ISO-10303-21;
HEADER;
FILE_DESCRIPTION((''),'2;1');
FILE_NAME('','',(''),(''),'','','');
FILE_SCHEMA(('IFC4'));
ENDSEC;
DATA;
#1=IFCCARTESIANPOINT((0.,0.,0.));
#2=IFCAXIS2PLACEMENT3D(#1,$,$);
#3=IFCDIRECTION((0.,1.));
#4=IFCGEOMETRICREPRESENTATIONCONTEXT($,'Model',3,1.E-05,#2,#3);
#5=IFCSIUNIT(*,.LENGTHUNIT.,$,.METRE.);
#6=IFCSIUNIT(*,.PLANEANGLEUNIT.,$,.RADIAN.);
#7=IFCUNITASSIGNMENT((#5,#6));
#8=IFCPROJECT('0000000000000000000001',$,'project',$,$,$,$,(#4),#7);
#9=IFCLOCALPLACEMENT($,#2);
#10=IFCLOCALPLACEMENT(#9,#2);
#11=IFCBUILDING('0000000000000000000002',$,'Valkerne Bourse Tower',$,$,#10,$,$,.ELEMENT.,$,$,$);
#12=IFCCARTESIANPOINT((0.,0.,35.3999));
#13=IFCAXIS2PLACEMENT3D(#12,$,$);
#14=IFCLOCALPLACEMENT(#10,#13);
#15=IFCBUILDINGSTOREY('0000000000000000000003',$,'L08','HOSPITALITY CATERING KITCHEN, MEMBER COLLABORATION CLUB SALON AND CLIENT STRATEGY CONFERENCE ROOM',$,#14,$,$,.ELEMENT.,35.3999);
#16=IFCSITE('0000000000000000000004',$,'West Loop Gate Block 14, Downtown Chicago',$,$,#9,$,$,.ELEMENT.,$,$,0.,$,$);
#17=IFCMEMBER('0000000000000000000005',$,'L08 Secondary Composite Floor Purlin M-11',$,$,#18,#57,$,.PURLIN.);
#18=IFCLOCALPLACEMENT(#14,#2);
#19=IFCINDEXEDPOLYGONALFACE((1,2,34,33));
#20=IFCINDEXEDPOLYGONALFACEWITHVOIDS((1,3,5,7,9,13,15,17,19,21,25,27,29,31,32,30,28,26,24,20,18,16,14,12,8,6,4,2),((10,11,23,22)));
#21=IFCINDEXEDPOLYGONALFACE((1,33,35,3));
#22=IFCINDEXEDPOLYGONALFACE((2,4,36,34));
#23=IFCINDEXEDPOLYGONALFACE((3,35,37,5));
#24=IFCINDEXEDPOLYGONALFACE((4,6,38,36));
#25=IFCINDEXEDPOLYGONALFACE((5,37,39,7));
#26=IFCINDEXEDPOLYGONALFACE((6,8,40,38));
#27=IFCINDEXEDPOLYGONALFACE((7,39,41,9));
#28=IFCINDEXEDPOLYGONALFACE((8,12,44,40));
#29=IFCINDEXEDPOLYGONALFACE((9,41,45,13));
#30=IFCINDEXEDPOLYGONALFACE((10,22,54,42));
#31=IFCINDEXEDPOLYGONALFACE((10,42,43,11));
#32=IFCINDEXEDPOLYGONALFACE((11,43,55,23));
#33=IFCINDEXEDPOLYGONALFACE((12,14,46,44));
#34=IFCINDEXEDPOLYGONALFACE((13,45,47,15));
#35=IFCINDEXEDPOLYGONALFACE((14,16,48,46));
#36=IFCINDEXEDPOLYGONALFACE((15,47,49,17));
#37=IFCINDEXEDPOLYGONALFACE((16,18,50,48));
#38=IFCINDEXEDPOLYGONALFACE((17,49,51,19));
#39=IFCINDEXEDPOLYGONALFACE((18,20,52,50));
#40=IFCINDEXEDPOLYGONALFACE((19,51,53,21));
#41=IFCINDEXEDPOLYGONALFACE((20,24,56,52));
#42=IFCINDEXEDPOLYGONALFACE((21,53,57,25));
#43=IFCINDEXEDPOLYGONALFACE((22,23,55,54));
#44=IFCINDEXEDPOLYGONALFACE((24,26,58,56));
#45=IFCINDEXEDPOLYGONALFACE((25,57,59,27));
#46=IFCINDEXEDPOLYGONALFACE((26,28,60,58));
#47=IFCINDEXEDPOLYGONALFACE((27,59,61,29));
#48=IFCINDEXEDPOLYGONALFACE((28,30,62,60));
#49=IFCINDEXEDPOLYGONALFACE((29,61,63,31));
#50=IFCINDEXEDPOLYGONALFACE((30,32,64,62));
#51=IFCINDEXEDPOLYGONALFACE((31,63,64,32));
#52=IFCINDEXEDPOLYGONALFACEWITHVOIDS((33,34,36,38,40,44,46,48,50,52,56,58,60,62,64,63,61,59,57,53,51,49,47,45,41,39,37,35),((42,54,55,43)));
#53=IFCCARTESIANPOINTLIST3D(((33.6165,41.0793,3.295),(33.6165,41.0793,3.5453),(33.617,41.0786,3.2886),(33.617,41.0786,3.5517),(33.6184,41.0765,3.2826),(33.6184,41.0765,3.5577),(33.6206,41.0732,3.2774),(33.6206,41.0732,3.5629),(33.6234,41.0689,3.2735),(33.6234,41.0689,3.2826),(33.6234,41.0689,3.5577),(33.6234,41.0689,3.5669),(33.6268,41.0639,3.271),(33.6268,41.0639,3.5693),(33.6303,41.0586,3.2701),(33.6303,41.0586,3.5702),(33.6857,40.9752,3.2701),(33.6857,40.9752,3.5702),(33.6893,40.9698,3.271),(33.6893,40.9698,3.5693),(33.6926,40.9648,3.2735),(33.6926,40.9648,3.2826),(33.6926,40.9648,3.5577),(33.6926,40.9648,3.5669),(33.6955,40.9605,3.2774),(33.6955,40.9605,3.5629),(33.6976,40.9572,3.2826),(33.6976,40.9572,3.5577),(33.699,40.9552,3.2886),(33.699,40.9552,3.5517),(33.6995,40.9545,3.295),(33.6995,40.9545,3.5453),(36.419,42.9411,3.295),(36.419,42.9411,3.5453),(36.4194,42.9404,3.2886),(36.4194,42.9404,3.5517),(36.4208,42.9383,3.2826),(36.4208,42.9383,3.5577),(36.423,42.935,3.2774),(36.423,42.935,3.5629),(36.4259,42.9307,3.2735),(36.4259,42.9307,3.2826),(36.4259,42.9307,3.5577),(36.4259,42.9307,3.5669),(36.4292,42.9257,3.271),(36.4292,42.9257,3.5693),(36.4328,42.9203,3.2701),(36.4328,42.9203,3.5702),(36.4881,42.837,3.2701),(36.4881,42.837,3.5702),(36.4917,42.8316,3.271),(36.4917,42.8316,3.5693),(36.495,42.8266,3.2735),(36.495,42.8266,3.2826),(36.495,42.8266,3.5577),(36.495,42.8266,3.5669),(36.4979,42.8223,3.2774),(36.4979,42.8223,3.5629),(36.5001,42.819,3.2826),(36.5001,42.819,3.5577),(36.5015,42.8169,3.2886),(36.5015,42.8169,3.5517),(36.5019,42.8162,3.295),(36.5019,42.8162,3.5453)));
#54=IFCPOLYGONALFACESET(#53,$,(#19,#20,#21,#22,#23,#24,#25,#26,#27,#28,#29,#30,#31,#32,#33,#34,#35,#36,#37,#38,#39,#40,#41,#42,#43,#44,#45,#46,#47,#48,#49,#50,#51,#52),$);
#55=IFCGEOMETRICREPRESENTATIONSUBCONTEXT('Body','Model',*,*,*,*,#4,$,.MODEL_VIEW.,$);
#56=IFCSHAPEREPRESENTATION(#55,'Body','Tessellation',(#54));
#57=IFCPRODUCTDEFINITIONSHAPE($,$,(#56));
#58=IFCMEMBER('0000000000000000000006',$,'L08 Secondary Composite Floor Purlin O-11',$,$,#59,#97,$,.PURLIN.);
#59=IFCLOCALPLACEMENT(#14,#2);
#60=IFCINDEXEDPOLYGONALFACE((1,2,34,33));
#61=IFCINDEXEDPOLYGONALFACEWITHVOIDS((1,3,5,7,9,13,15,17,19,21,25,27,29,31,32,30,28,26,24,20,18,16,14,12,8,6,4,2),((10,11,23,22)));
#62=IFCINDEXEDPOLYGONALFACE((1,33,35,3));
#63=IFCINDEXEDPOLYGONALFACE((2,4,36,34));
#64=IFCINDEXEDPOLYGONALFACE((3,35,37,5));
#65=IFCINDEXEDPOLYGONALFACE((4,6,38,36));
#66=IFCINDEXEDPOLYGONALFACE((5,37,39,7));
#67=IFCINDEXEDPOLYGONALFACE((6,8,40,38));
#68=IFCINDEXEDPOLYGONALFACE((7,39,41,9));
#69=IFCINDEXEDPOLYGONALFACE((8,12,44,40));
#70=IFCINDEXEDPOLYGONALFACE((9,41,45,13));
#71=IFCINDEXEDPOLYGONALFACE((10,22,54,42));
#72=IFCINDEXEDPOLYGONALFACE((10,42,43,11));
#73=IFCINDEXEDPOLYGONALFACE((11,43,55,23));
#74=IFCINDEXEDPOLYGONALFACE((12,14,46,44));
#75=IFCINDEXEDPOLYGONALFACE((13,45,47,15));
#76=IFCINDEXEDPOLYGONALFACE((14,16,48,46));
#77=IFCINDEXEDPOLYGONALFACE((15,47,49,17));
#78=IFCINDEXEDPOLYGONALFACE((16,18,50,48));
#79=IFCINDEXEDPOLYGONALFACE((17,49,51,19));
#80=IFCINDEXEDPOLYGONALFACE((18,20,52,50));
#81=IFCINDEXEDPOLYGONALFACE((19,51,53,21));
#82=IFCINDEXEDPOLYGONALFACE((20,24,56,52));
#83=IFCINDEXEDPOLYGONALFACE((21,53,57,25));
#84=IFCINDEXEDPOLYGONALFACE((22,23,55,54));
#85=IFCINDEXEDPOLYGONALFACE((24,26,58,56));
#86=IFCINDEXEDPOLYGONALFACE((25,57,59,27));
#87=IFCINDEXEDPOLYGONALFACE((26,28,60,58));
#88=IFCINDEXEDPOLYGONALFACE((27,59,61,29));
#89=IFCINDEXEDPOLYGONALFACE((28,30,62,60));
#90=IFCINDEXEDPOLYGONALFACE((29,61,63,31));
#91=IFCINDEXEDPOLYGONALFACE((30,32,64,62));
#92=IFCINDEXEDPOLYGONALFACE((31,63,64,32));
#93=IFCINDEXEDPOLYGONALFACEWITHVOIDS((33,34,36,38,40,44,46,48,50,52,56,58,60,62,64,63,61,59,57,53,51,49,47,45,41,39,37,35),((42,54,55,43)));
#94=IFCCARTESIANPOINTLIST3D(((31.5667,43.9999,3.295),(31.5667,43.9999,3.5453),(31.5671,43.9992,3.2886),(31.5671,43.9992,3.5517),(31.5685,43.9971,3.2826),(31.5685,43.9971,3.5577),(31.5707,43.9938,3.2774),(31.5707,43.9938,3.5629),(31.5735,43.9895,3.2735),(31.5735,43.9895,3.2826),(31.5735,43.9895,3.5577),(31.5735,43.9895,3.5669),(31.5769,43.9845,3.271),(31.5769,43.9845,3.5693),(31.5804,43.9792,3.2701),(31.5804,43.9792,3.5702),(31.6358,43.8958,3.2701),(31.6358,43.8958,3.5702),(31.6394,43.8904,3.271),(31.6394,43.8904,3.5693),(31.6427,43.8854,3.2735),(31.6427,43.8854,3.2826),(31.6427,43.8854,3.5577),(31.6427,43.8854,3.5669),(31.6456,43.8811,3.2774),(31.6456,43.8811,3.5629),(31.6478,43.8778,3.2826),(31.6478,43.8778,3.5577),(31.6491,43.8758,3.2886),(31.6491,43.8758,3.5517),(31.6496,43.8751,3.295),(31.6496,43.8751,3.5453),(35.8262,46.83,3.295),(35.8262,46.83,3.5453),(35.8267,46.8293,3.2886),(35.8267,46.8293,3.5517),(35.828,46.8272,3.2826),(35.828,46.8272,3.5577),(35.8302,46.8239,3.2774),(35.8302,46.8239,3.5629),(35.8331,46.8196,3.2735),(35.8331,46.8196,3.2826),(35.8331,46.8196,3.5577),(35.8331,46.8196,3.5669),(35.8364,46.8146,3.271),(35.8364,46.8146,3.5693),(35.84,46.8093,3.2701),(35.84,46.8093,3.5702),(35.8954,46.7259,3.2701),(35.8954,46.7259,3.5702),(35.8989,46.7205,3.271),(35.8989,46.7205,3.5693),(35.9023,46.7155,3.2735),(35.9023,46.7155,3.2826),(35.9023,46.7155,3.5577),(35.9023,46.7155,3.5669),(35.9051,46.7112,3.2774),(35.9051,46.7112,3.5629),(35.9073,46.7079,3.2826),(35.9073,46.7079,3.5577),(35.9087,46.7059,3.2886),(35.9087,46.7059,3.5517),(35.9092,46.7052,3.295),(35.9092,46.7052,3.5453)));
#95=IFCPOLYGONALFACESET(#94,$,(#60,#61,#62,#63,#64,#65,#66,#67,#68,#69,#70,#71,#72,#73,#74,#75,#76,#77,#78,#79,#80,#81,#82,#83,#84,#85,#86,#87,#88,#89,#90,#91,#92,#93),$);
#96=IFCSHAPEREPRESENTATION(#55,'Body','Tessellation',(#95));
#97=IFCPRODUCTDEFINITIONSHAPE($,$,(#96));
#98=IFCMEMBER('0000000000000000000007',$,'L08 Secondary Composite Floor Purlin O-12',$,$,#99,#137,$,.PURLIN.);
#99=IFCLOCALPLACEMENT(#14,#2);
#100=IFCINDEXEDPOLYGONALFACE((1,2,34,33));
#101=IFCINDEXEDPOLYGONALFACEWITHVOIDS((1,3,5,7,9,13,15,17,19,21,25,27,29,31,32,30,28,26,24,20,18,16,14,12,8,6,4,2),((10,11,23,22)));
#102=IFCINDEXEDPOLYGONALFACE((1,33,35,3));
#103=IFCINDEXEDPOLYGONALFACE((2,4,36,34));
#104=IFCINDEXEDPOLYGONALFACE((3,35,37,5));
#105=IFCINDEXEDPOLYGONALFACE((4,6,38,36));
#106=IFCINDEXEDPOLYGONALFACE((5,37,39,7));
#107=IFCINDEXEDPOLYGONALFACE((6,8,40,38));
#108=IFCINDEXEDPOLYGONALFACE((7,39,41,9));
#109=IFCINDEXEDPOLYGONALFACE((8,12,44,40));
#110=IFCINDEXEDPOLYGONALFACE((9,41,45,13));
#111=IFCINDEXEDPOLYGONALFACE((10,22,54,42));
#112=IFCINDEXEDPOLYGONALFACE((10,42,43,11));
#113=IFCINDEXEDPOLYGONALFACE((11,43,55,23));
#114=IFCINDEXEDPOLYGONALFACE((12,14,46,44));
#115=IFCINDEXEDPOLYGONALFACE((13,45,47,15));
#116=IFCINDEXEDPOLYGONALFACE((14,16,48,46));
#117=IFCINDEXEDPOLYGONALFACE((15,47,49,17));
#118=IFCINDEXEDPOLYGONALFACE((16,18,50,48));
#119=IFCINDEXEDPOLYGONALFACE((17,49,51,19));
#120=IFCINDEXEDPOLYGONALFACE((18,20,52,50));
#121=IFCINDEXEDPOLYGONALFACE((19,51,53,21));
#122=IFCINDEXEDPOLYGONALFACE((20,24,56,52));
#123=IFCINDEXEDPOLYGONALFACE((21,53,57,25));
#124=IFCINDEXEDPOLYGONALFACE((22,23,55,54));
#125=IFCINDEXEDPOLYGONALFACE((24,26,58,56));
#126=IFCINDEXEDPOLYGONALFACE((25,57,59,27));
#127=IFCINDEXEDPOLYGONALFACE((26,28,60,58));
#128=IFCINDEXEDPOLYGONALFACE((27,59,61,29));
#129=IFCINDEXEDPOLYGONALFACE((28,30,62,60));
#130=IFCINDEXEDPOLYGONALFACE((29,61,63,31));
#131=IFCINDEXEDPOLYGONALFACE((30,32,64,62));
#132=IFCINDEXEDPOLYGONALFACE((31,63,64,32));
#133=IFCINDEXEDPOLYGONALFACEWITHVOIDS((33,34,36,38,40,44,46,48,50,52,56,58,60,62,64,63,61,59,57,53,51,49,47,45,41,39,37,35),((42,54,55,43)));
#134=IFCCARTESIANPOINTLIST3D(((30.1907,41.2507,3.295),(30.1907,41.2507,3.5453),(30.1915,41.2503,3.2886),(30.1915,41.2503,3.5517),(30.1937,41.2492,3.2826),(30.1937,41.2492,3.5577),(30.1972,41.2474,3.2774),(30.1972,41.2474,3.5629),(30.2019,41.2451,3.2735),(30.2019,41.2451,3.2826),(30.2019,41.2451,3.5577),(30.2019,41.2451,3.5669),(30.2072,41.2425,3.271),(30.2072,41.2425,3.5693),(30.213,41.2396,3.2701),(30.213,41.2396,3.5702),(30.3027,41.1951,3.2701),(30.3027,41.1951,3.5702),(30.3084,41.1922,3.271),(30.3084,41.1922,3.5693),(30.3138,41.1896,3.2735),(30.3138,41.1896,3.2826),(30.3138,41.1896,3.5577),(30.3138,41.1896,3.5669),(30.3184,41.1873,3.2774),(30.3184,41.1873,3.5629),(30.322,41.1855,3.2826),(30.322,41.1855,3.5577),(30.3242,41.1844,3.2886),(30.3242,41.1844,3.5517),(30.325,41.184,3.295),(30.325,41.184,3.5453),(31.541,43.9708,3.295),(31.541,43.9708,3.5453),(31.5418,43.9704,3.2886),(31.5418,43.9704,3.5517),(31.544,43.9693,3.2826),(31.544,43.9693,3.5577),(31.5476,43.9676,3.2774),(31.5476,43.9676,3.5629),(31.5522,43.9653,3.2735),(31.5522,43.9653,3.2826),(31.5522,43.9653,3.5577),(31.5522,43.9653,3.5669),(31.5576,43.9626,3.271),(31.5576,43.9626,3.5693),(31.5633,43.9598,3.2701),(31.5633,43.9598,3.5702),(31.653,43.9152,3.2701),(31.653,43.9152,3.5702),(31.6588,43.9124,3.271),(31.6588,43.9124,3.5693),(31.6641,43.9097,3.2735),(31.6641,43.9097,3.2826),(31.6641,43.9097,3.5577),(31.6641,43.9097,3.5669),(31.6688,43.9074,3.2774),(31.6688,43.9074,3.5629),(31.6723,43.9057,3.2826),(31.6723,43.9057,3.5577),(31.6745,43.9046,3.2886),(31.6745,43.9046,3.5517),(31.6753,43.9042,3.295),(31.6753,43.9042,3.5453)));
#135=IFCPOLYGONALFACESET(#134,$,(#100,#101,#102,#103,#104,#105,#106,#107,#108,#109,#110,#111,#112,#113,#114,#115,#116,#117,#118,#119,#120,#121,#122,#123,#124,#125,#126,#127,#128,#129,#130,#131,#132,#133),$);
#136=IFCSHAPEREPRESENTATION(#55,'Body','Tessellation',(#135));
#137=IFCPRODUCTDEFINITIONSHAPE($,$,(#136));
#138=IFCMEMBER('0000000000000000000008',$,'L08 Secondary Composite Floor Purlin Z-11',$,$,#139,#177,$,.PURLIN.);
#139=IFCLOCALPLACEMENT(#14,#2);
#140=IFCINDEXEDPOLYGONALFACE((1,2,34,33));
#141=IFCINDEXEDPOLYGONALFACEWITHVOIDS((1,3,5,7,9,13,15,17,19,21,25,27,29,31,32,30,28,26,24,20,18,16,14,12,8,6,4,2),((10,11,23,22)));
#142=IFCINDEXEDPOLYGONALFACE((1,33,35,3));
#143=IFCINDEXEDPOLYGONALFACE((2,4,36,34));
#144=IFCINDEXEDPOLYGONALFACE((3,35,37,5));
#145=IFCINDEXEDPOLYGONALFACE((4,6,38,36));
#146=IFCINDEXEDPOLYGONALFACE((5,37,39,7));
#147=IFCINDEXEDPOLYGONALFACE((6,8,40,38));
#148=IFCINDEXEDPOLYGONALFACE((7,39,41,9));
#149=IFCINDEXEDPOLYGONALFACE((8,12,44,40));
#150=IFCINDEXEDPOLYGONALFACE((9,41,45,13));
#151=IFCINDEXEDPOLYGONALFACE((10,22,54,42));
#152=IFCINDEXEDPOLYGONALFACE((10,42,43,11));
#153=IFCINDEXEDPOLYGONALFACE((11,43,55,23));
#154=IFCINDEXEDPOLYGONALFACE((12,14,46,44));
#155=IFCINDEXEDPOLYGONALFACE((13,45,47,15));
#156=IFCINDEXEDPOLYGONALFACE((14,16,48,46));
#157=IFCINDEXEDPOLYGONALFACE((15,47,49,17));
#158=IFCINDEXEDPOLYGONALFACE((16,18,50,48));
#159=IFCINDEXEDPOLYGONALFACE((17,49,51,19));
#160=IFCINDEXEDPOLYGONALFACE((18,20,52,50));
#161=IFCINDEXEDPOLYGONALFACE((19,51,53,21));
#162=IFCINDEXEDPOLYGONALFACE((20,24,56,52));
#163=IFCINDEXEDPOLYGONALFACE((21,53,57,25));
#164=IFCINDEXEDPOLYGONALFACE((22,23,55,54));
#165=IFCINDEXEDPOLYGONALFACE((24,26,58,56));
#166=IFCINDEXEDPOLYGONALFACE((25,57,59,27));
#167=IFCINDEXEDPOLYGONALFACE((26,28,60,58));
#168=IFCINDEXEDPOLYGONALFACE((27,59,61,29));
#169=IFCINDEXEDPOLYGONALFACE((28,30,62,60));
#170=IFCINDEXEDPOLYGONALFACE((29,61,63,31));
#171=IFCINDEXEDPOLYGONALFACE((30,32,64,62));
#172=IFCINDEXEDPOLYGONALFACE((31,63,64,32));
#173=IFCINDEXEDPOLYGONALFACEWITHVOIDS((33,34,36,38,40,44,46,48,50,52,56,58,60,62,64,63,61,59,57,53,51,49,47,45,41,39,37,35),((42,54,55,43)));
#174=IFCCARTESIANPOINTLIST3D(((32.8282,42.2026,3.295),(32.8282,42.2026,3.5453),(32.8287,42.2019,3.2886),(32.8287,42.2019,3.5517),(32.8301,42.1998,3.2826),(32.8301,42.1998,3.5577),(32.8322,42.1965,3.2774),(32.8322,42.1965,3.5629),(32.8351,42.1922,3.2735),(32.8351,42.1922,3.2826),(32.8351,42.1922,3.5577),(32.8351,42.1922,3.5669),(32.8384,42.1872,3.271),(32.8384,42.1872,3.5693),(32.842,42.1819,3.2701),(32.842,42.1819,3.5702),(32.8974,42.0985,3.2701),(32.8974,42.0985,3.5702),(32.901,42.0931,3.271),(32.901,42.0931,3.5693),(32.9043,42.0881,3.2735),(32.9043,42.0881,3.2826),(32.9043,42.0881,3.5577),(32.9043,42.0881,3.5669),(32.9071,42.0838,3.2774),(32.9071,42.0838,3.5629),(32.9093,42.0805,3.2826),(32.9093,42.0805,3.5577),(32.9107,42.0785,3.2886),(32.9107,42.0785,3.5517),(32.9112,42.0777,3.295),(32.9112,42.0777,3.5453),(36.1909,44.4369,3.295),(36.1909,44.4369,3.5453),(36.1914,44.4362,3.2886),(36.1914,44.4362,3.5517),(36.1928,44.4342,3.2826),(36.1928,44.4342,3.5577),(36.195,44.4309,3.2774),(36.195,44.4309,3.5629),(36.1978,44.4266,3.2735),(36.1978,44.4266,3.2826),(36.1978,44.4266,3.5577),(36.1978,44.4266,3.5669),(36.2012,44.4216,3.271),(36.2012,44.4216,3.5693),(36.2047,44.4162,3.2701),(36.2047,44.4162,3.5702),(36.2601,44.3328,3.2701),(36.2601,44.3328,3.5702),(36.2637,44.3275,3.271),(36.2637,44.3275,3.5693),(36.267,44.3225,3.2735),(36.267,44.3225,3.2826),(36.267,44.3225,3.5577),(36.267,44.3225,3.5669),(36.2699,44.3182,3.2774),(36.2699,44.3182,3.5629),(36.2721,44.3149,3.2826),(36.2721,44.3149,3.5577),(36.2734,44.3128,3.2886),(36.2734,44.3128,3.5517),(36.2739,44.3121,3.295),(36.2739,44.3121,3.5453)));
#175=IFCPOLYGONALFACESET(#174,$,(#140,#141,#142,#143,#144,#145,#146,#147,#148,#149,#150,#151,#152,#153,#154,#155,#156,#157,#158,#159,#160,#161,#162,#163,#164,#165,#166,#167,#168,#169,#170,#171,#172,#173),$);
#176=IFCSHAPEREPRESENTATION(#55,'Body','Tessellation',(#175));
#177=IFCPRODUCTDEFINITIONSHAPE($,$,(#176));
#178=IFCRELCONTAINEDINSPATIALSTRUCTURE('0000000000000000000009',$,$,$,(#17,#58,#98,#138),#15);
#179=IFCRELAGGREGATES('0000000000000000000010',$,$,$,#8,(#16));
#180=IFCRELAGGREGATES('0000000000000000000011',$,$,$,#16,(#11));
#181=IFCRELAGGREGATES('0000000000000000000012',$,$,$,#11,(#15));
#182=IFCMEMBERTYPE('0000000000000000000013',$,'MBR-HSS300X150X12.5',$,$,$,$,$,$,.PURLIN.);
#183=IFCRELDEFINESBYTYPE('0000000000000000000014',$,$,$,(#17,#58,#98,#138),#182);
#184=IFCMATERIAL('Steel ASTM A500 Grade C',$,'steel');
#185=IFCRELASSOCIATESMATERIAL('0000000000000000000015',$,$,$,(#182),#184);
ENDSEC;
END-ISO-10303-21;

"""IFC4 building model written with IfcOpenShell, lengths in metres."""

from ifc_helpers import new_model, si_unit, direction, frame, origin, origin_2d, place, context, subcontext, project, spatial, hollow_rectangle, extrude, material, material_profile, profile_set, type_object, element, save


model = new_model("IFC4")

# Units and contexts
model_context = context("Model", 3, precision=1e-05, world=origin(), true_north=direction((0.0, 1.0)))
body_context = subcontext(model_context, "Body", "Model", "MODEL_VIEW")
ifc_project = project(units=[si_unit("LENGTHUNIT", "METRE"), si_unit("PLANEANGLEUNIT", "RADIAN")], contexts=[model_context])

# Site, building, storey
site_placement = place(None, origin())
site = spatial("IfcSite", under=ifc_project, at=site_placement, Name="West Loop Gate Block 14, Downtown Chicago", CompositionType="ELEMENT", RefElevation=0.0)
building_placement = place(site_placement, origin())
building = spatial("IfcBuilding", under=site, at=building_placement, Name="Valkerne Bourse Tower", CompositionType="ELEMENT")
storey_placement = place(building_placement, frame((0.0, 0.0, 35.3999)))
storey = spatial("IfcBuildingStorey", under=building, at=storey_placement, Name="L08", Description="HOSPITALITY CATERING KITCHEN, MEMBER COLLABORATION CLUB SALON AND CLIENT STRATEGY CONFERENCE ROOM", CompositionType="ELEMENT", Elevation=35.3999)

# Members
ifc_material_1 = material(Name="Steel ASTM A500 Grade C", Category="steel")
ifc_material_profile_1 = material_profile(ifc_material_1, hollow_rectangle(XDim=0.1499, YDim=0.3, WallThickness=0.0125, OuterFilletRadius=0.0249, at=origin_2d()), Name="HSS300X150X12.5")
ifc_profile_set_1 = profile_set([ifc_material_profile_1], Name="Steel ASTM A500 Grade C")
member_type_1 = type_object("IfcMemberType", Name="MBR-HSS300X150X12.5", PredefinedType="PURLIN", material=ifc_profile_set_1)
member_1_placement = place(storey_placement, frame((36.4604, 42.8787, 3.4202), z_axis=(-0.832942, -0.55336, 0.0), x_axis=(0.55336, -0.832942, 0.0)))
element("IfcMember", 1, at=member_1_placement, inside=storey, type_object=member_type_1, Name="L08 Secondary Composite Floor Purlin M-11", PredefinedType="PURLIN", context=body_context, shape_type="SweptSolid", body=[
    extrude(hollow_rectangle(XDim=0.1499, YDim=0.3, WallThickness=0.0125, OuterFilletRadius=0.0249, at=origin_2d()), origin(), (0.0, 0.0, 1.0), 3.3645),
])
member_2_placement = place(storey_placement, frame((35.8677, 46.7676, 3.4202), z_axis=(-0.832916, -0.5534, 0.0), x_axis=(0.5534, -0.832916, 0.0)))
element("IfcMember", 2, at=member_2_placement, inside=storey, type_object=member_type_1, Name="L08 Secondary Composite Floor Purlin O-11", PredefinedType="PURLIN", context=body_context, shape_type="SweptSolid", body=[
    extrude(hollow_rectangle(XDim=0.1499, YDim=0.3, WallThickness=0.0125, OuterFilletRadius=0.0249, at=origin_2d()), origin(), (0.0, 0.0, 1.0), 5.114),
])
member_3_placement = place(storey_placement, frame((31.6082, 43.9375, 3.4202), z_axis=(-0.444639, -0.89571, 0.0), x_axis=(0.89571, -0.444639, 0.0)))
element("IfcMember", 3, at=member_3_placement, inside=storey, type_object=member_type_1, Name="L08 Secondary Composite Floor Purlin O-12", PredefinedType="PURLIN", context=body_context, shape_type="SweptSolid", body=[
    extrude(hollow_rectangle(XDim=0.1499, YDim=0.3, WallThickness=0.0125, OuterFilletRadius=0.0249, at=origin_2d()), origin(), (0.0, 0.0, 1.0), 3.0369),
])
member_4_placement = place(storey_placement, frame((36.2324, 44.3745, 3.4202), z_axis=(-0.832905, -0.553416, 0.0), x_axis=(0.553416, -0.832905, 0.0)))
element("IfcMember", 4, at=member_4_placement, inside=storey, type_object=member_type_1, Name="L08 Secondary Composite Floor Purlin Z-11", PredefinedType="PURLIN", context=body_context, shape_type="SweptSolid", body=[
    extrude(hollow_rectangle(XDim=0.1499, YDim=0.3, WallThickness=0.0125, OuterFilletRadius=0.0249, at=origin_2d()), origin(), (0.0, 0.0, 1.0), 4.0374),
])

save(model, "model.ifc")
